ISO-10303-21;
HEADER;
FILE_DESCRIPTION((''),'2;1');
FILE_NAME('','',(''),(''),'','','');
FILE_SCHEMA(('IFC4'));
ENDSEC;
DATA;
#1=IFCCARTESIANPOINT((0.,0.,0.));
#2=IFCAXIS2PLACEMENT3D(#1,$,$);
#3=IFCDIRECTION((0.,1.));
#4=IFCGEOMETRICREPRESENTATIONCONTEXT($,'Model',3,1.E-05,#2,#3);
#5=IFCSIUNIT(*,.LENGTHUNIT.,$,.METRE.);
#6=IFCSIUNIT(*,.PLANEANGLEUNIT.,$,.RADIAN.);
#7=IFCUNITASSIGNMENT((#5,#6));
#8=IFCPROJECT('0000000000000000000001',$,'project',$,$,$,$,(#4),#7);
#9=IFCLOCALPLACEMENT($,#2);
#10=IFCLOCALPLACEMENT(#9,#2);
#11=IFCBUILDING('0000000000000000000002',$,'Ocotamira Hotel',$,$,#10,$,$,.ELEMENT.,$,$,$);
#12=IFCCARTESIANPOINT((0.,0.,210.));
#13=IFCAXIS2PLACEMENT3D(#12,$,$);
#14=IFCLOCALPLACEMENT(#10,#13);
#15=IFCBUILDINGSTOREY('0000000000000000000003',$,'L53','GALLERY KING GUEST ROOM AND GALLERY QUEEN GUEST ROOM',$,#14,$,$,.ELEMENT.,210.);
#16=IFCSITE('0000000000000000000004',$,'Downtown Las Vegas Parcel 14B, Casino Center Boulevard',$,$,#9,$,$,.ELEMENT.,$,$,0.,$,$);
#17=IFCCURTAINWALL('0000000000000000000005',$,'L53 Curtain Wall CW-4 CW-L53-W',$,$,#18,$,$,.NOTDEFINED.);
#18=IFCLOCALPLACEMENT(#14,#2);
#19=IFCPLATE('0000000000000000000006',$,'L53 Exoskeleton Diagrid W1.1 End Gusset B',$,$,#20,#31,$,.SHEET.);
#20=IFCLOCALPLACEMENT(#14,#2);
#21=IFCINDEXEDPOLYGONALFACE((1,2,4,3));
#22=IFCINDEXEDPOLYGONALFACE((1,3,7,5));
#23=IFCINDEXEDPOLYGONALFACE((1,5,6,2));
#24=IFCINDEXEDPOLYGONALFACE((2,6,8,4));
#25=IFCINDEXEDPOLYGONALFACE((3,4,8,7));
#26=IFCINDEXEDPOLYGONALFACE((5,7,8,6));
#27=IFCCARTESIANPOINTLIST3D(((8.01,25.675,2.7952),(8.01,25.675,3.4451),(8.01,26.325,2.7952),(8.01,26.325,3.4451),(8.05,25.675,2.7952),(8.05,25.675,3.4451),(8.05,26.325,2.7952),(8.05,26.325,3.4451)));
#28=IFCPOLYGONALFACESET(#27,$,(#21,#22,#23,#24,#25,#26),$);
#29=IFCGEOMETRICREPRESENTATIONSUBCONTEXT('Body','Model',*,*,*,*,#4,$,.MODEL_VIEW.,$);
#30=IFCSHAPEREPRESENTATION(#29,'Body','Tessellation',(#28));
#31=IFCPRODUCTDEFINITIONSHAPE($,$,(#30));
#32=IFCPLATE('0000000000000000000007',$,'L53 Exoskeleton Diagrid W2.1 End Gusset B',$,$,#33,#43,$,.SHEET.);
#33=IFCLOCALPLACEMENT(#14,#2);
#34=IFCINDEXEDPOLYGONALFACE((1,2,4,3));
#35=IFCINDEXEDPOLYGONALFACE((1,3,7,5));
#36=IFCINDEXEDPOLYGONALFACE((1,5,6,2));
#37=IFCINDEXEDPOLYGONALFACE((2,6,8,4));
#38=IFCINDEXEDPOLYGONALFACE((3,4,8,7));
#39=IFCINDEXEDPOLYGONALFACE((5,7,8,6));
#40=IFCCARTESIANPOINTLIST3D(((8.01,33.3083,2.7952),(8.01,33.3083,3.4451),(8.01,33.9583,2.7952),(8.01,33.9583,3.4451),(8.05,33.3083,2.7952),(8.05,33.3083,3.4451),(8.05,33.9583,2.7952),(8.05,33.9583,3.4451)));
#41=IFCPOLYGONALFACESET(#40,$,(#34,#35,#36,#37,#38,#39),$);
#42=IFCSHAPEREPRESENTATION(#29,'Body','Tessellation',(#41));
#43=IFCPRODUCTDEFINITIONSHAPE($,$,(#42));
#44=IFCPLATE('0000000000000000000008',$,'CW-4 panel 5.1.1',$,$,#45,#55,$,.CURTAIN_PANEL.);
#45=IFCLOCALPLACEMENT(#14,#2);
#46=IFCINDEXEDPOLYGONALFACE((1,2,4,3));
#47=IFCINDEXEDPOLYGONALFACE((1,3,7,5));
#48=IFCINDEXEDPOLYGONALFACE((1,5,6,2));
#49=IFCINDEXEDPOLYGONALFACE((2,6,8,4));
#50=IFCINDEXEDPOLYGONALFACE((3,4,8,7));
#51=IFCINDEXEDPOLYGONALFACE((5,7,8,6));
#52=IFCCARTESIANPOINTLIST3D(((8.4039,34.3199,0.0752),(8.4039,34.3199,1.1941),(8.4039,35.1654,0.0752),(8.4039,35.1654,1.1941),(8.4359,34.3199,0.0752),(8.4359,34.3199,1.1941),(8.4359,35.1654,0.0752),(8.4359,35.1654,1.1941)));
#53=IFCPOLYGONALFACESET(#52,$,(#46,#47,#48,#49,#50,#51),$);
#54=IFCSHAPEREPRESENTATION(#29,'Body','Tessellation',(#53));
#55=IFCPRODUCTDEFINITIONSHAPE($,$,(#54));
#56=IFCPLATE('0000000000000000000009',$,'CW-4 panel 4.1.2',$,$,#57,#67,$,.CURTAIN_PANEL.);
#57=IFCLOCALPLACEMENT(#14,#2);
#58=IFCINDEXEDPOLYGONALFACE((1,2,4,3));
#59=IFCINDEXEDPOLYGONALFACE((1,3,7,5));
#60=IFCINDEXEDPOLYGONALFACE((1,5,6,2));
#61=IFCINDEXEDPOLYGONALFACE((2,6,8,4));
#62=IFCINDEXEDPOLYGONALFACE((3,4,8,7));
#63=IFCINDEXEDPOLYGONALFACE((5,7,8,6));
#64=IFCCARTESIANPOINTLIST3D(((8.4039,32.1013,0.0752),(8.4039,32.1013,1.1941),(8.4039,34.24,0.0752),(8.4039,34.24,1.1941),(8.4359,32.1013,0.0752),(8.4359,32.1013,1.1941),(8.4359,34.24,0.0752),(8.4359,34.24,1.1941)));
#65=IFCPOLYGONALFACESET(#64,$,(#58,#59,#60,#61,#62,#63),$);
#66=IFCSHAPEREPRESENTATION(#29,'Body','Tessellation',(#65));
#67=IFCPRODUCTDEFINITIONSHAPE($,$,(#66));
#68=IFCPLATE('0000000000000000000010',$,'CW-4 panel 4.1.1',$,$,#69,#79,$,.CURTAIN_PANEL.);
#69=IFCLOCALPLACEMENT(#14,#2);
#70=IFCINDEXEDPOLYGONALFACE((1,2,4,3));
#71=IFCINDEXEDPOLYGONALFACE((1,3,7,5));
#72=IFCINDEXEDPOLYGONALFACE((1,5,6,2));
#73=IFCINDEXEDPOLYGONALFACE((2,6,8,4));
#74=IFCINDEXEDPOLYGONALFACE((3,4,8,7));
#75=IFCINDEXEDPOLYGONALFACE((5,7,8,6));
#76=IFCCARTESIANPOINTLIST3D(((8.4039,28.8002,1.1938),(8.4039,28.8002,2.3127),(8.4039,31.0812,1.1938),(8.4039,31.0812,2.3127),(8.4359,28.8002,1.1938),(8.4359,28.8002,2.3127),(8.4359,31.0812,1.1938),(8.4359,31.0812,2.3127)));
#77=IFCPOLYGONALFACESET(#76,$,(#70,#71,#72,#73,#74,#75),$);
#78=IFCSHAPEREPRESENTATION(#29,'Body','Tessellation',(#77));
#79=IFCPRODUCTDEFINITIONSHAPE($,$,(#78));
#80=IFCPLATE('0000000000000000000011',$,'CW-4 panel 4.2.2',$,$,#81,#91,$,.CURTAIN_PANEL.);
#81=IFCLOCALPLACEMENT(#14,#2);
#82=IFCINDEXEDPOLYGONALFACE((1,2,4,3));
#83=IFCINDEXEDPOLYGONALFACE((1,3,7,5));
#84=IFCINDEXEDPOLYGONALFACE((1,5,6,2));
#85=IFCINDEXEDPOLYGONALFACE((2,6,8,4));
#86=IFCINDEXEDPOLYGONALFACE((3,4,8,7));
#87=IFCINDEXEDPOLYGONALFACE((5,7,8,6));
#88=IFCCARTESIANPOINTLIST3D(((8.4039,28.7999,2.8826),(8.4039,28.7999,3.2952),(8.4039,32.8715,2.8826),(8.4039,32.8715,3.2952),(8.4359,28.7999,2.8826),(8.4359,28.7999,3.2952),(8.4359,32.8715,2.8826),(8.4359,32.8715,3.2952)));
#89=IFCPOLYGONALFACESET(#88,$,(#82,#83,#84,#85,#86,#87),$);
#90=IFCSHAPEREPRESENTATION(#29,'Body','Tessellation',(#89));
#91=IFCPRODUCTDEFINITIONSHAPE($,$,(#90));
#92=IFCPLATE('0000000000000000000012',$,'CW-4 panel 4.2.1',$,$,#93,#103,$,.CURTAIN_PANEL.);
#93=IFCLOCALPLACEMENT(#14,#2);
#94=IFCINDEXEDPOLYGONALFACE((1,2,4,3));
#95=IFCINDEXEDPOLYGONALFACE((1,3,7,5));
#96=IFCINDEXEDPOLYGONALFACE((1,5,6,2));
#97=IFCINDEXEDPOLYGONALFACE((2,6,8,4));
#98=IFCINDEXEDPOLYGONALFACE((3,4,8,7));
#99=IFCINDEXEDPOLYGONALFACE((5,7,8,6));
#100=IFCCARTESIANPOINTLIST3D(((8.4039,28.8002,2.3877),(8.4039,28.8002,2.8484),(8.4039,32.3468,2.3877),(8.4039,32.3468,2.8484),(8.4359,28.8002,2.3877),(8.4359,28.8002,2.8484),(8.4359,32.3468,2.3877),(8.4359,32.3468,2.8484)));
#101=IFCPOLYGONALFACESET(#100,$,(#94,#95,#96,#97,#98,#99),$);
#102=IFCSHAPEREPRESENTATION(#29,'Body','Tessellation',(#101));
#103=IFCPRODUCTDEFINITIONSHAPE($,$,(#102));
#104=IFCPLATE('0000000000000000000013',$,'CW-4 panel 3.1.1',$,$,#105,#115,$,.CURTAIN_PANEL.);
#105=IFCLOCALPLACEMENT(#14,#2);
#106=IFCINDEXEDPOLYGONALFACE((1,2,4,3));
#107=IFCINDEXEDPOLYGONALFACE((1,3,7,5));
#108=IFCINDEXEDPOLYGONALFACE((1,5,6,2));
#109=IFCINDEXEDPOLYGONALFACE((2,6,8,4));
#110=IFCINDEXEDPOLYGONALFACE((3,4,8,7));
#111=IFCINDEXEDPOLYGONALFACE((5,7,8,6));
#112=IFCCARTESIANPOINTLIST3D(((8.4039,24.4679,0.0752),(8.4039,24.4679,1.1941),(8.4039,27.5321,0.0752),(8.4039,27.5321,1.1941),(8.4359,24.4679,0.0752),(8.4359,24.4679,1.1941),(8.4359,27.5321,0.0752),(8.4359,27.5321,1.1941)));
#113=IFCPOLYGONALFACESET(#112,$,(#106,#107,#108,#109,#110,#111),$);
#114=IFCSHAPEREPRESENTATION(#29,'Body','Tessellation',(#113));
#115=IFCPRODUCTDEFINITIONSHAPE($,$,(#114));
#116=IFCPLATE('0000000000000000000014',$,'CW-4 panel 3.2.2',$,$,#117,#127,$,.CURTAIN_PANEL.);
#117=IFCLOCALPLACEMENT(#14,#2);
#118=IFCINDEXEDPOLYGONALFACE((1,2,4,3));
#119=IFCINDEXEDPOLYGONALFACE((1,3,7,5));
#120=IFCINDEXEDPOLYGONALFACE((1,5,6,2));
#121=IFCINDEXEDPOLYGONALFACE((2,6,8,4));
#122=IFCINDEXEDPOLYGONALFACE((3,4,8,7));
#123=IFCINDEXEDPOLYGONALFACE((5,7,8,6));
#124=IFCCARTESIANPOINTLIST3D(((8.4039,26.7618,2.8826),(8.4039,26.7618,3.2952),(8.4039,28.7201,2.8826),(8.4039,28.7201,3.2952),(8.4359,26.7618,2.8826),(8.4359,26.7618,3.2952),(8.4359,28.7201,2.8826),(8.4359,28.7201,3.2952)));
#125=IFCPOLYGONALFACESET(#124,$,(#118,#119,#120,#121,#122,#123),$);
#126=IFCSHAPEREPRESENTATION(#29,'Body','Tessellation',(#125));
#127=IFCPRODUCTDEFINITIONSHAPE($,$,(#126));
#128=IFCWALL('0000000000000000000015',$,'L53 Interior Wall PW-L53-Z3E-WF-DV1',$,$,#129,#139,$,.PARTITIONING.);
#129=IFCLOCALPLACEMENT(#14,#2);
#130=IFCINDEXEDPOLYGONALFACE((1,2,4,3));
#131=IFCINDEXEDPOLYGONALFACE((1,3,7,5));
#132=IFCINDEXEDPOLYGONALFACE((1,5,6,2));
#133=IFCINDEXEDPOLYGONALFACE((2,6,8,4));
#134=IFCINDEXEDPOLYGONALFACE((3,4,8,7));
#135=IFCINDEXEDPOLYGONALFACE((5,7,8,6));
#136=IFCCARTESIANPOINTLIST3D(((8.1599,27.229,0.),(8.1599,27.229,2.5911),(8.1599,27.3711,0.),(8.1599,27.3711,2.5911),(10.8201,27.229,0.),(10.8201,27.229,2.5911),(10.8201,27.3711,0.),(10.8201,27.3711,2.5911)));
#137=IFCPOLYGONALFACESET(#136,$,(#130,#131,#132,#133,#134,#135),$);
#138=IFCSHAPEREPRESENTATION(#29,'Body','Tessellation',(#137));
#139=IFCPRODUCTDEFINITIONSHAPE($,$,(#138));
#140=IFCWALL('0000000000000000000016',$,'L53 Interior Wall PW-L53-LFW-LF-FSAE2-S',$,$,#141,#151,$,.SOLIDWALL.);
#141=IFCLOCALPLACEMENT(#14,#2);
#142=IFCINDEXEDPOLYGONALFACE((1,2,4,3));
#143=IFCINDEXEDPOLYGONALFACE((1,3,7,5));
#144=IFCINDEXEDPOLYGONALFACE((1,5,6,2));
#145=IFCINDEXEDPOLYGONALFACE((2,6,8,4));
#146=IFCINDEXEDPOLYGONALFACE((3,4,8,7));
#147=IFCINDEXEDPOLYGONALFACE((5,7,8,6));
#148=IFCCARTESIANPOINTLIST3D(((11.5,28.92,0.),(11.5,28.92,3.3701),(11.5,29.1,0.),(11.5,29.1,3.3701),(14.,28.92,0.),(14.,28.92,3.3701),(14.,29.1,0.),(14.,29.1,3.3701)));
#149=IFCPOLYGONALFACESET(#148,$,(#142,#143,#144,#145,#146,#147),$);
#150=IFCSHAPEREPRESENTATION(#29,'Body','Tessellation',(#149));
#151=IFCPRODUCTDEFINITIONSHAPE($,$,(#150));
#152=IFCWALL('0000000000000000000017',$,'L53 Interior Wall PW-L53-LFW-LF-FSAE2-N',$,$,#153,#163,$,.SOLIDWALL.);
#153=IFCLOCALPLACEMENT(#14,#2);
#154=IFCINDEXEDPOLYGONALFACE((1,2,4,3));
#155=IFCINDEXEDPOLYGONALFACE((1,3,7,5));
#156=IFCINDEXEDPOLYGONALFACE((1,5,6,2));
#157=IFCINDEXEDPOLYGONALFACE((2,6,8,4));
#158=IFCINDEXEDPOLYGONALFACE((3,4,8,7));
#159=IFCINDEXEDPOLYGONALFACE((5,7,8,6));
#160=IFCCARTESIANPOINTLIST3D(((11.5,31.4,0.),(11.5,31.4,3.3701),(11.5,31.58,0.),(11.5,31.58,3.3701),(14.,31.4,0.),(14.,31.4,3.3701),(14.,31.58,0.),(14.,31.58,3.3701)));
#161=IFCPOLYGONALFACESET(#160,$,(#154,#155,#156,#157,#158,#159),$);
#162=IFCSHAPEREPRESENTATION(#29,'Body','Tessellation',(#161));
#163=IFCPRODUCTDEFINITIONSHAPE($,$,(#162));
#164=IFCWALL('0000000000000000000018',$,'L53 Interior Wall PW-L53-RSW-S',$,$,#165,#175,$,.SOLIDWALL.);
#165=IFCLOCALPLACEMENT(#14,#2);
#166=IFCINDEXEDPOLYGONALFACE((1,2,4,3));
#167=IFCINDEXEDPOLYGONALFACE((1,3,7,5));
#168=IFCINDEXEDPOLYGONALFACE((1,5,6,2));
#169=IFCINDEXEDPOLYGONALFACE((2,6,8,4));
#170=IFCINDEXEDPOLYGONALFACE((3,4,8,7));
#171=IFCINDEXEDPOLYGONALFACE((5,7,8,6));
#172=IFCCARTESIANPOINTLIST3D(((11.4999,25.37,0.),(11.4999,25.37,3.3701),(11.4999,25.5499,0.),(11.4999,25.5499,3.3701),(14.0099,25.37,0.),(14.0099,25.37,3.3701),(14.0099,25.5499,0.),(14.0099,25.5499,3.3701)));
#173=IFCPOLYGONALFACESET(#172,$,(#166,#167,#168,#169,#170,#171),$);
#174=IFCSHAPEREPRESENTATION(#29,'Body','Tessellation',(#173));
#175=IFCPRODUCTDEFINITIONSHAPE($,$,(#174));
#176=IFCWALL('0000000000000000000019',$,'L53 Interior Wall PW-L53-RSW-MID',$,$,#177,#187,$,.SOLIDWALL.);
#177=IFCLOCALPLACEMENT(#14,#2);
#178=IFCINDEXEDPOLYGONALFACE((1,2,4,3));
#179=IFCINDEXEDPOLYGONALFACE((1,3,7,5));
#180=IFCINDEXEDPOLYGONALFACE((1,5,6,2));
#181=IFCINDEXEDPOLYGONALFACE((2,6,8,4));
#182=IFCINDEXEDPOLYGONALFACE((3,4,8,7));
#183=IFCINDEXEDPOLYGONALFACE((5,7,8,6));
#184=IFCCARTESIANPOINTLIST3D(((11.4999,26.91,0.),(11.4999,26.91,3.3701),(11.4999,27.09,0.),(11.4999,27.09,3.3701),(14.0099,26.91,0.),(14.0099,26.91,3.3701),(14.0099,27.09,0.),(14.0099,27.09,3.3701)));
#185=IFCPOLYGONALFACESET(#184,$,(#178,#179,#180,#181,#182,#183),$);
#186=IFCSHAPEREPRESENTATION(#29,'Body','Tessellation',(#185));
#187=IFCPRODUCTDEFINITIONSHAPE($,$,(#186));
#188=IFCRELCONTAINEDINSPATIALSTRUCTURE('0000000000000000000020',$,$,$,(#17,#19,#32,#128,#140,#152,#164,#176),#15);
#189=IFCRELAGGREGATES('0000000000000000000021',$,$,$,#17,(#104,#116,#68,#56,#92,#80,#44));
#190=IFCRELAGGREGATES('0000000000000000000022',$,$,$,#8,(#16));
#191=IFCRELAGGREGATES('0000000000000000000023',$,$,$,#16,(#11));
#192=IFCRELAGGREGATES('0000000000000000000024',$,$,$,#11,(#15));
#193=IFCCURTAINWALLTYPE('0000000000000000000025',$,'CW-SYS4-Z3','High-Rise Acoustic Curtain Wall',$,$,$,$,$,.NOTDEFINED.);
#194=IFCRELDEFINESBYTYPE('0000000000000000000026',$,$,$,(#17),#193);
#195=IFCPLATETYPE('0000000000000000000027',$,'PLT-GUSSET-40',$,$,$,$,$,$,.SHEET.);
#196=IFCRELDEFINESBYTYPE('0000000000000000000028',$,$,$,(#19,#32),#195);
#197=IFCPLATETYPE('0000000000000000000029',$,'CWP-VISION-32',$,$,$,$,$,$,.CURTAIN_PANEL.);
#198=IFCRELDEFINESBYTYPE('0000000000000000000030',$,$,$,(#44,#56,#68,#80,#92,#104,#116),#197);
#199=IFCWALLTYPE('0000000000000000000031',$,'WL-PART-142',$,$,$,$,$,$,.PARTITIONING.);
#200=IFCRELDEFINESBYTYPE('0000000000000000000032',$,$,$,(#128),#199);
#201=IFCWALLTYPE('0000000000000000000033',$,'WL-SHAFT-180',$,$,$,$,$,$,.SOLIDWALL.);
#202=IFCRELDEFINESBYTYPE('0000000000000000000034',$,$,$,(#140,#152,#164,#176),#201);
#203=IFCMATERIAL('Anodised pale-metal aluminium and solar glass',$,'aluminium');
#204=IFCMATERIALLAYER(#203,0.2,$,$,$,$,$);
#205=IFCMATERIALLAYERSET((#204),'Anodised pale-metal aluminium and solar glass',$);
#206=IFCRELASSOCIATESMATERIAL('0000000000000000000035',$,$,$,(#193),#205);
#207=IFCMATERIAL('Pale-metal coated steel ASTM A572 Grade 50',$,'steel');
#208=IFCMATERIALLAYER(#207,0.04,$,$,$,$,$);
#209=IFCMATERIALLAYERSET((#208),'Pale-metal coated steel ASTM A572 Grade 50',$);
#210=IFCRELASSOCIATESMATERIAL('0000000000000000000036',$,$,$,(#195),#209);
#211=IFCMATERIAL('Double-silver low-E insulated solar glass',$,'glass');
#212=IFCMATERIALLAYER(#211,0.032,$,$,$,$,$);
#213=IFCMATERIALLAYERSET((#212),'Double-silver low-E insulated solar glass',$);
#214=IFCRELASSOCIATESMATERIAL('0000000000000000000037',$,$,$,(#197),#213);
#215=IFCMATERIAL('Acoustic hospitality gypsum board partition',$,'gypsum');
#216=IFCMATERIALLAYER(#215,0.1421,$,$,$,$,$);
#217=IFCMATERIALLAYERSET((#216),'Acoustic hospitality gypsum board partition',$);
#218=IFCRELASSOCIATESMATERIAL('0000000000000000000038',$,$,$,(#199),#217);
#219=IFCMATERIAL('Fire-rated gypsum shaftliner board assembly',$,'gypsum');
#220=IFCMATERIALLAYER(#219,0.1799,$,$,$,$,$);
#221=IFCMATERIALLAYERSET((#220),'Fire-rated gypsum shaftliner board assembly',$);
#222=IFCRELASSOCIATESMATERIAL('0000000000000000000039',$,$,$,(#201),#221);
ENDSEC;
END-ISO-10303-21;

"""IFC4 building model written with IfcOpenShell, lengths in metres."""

from ifc_helpers import new_model, si_unit, direction, frame, frame_2d, origin, origin_2d, place, context, subcontext, project, spatial, rectangle, extrude, source, transform, mapped, material, layer, layer_set, type_object, element, aggregate, save


model = new_model("IFC4")

# Units and contexts
model_context = context("Model", 3, precision=1e-05, world=origin(), true_north=direction((0.0, 1.0)))
body_context = subcontext(model_context, "Body", "Model", "MODEL_VIEW")
ifc_project = project(units=[si_unit("LENGTHUNIT", "METRE"), si_unit("PLANEANGLEUNIT", "RADIAN")], contexts=[model_context])

# Site, building, storey
site_placement = place(None, origin())
site = spatial("IfcSite", under=ifc_project, at=site_placement, Name="Downtown Las Vegas Parcel 14B, Casino Center Boulevard", CompositionType="ELEMENT", RefElevation=0.0)
building_placement = place(site_placement, origin())
building = spatial("IfcBuilding", under=site, at=building_placement, Name="Ocotamira Hotel", CompositionType="ELEMENT")
storey_placement = place(building_placement, frame((0.0, 0.0, 210.0)))
storey = spatial("IfcBuildingStorey", under=building, at=storey_placement, Name="L53", Description="GALLERY KING GUEST ROOM AND GALLERY QUEEN GUEST ROOM", CompositionType="ELEMENT", Elevation=210.0)

# Curtain wall
ifc_material_1 = material(Name="Anodised pale-metal aluminium and solar glass", Category="aluminium")
ifc_layer_1 = layer(ifc_material_1, 0.2)
ifc_layer_set_1 = layer_set([ifc_layer_1], Name="Anodised pale-metal aluminium and solar glass")
curtain_wall_type = type_object("IfcCurtainWallType", Name="CW-SYS4-Z3", Description="High-Rise Acoustic Curtain Wall", PredefinedType="NOTDEFINED", material=ifc_layer_set_1)
curtain_wall_placement = place(storey_placement, origin())
curtain_wall = element("IfcCurtainWall", 1, at=curtain_wall_placement, inside=storey, type_object=curtain_wall_type, Name="L53 Curtain Wall CW-4 CW-L53-W", PredefinedType="NOTDEFINED")

# Plates
ifc_material_2 = material(Name="Pale-metal coated steel ASTM A572 Grade 50", Category="steel")
ifc_layer_2 = layer(ifc_material_2, 0.04)
ifc_layer_set_2 = layer_set([ifc_layer_2], Name="Pale-metal coated steel ASTM A572 Grade 50")
plate_type_1 = type_object("IfcPlateType", Name="PLT-GUSSET-40", PredefinedType="SHEET", material=ifc_layer_set_2)
shared_shape_1 = source(origin(), body_context, "Body", "SweptSolid", [
    extrude(rectangle(XDim=0.04, YDim=0.6499, at=origin_2d()), origin(), (0.0, 0.0, 1.0), 0.6499),
])
for number, where, z_axis, x_axis, name in (
    (2, (8.03, 26.0, 2.7952), (0.0, 0.0, 1.0), (1.0, 0.0, 0.0), "L53 Exoskeleton Diagrid W1.1 End Gusset B"),
    (3, (8.03, 33.6333, 2.7952), (0.0, 0.0, 1.0), (1.0, 0.0, 0.0), "L53 Exoskeleton Diagrid W2.1 End Gusset B"),
):
    element("IfcPlate", number, at=place(storey_placement, frame(where, z_axis=z_axis, x_axis=x_axis)), inside=storey, type_object=plate_type_1, Name=name, PredefinedType="SHEET", context=body_context, shape_type="MappedRepresentation", body=[
        mapped(shared_shape_1, transform((0.0, 0.0, 0.0), scale=1.0)),
    ])

# Plates
ifc_material_3 = material(Name="Double-silver low-E insulated solar glass", Category="glass")
ifc_layer_3 = layer(ifc_material_3, 0.032)
ifc_layer_set_3 = layer_set([ifc_layer_3], Name="Double-silver low-E insulated solar glass")
plate_type_2 = type_object("IfcPlateType", Name="CWP-VISION-32", PredefinedType="CURTAIN_PANEL", material=ifc_layer_set_3)
shared_shape_2 = source(origin(), body_context, "Body", "SweptSolid", [
    extrude(rectangle(XDim=0.8455, YDim=0.032, at=origin_2d()), origin(), (0.0, 0.0, 1.0), 1.1189),
])
plate_1_placement = place(storey_placement, frame((8.4199, 34.7427, 0.0752), z_axis=(0.0, 0.0, 1.0), x_axis=(0.0, 1.0, 0.0)))
plate_1 = element("IfcPlate", 4, at=plate_1_placement, type_object=plate_type_2, Name="CW-4 panel 5.1.1", PredefinedType="CURTAIN_PANEL", context=body_context, shape_type="MappedRepresentation", body=[
    mapped(shared_shape_2, transform((0.0, 0.0, 0.0), scale=1.0)),
])
shared_shape_3 = source(origin(), body_context, "Body", "SweptSolid", [
    extrude(rectangle(XDim=2.1387, YDim=0.032, at=origin_2d()), origin(), (0.0, 0.0, 1.0), 1.1189),
])
plate_2_placement = place(storey_placement, frame((8.4199, 33.1707, 0.0752), z_axis=(0.0, 0.0, 1.0), x_axis=(0.0, 1.0, 0.0)))
plate_2 = element("IfcPlate", 5, at=plate_2_placement, type_object=plate_type_2, Name="CW-4 panel 4.1.2", PredefinedType="CURTAIN_PANEL", context=body_context, shape_type="MappedRepresentation", body=[
    mapped(shared_shape_3, transform((0.0, 0.0, 0.0), scale=1.0)),
])
shared_shape_4 = source(origin(), body_context, "Body", "SweptSolid", [
    extrude(rectangle(XDim=2.281, YDim=0.032, at=origin_2d()), origin(), (0.0, 0.0, 1.0), 1.1189),
])
plate_3_placement = place(storey_placement, frame((8.4199, 29.9407, 1.1938), z_axis=(0.0, 0.0, 1.0), x_axis=(0.0, 1.0, 0.0)))
plate_3 = element("IfcPlate", 6, at=plate_3_placement, type_object=plate_type_2, Name="CW-4 panel 4.1.1", PredefinedType="CURTAIN_PANEL", context=body_context, shape_type="MappedRepresentation", body=[
    mapped(shared_shape_4, transform((0.0, 0.0, 0.0), scale=1.0)),
])
shared_shape_5 = source(origin(), body_context, "Body", "SweptSolid", [
    extrude(rectangle(XDim=4.0715, YDim=0.032, at=origin_2d()), origin(), (0.0, 0.0, 1.0), 0.4126),
])
plate_4_placement = place(storey_placement, frame((8.4199, 30.8357, 2.8826), z_axis=(0.0, 0.0, 1.0), x_axis=(0.0, 1.0, 0.0)))
plate_4 = element("IfcPlate", 7, at=plate_4_placement, type_object=plate_type_2, Name="CW-4 panel 4.2.2", PredefinedType="CURTAIN_PANEL", context=body_context, shape_type="MappedRepresentation", body=[
    mapped(shared_shape_5, transform((0.0, 0.0, 0.0), scale=1.0)),
])
shared_shape_6 = source(origin(), body_context, "Body", "SweptSolid", [
    extrude(rectangle(XDim=3.5466, YDim=0.032, at=origin_2d()), origin(), (0.0, 0.0, 1.0), 0.4607),
])
plate_5_placement = place(storey_placement, frame((8.4199, 30.5735, 2.3877), z_axis=(0.0, 0.0, 1.0), x_axis=(0.0, 1.0, 0.0)))
plate_5 = element("IfcPlate", 8, at=plate_5_placement, type_object=plate_type_2, Name="CW-4 panel 4.2.1", PredefinedType="CURTAIN_PANEL", context=body_context, shape_type="MappedRepresentation", body=[
    mapped(shared_shape_6, transform((0.0, 0.0, 0.0), scale=1.0)),
])
shared_shape_7 = source(origin(), body_context, "Body", "SweptSolid", [
    extrude(rectangle(XDim=3.0642, YDim=0.032, at=origin_2d()), origin(), (0.0, 0.0, 1.0), 1.1189),
])
plate_6_placement = place(storey_placement, frame((8.4199, 26.0, 0.0752), z_axis=(0.0, 0.0, 1.0), x_axis=(0.0, 1.0, 0.0)))
plate_6 = element("IfcPlate", 9, at=plate_6_placement, type_object=plate_type_2, Name="CW-4 panel 3.1.1", PredefinedType="CURTAIN_PANEL", context=body_context, shape_type="MappedRepresentation", body=[
    mapped(shared_shape_7, transform((0.0, 0.0, 0.0), scale=1.0)),
])
shared_shape_8 = source(origin(), body_context, "Body", "SweptSolid", [
    extrude(rectangle(XDim=1.9583, YDim=0.032, at=origin_2d()), origin(), (0.0, 0.0, 1.0), 0.4126),
])
plate_7_placement = place(storey_placement, frame((8.4199, 27.741, 2.8826), z_axis=(0.0, 0.0, 1.0), x_axis=(0.0, 1.0, 0.0)))
plate_7 = element("IfcPlate", 10, at=plate_7_placement, type_object=plate_type_2, Name="CW-4 panel 3.2.2", PredefinedType="CURTAIN_PANEL", context=body_context, shape_type="MappedRepresentation", body=[
    mapped(shared_shape_8, transform((0.0, 0.0, 0.0), scale=1.0)),
])
aggregate(curtain_wall, [plate_6, plate_7, plate_3, plate_2, plate_5, plate_4, plate_1])

# Walls
ifc_material_4 = material(Name="Acoustic hospitality gypsum board partition", Category="gypsum")
ifc_layer_4 = layer(ifc_material_4, 0.1421)
ifc_layer_set_4 = layer_set([ifc_layer_4], Name="Acoustic hospitality gypsum board partition")
wall_type_1 = type_object("IfcWallType", Name="WL-PART-142", PredefinedType="PARTITIONING", material=ifc_layer_set_4)
wall_1_placement = place(storey_placement, frame((8.1599, 27.3, 0.0), z_axis=(0.0, 0.0, 1.0), x_axis=(1.0, 0.0, 0.0)))
element("IfcWall", 11, at=wall_1_placement, inside=storey, type_object=wall_type_1, Name="L53 Interior Wall PW-L53-Z3E-WF-DV1", PredefinedType="PARTITIONING", context=body_context, shape_type="SweptSolid", body=[
    extrude(rectangle(XDim=2.6602, YDim=0.1421, at=frame_2d((1.3301, 0.0))), origin(), (0.0, 0.0, 1.0), 2.5911),
])
ifc_material_5 = material(Name="Fire-rated gypsum shaftliner board assembly", Category="gypsum")
ifc_layer_5 = layer(ifc_material_5, 0.1799)
ifc_layer_set_5 = layer_set([ifc_layer_5], Name="Fire-rated gypsum shaftliner board assembly")
wall_type_2 = type_object("IfcWallType", Name="WL-SHAFT-180", PredefinedType="SOLIDWALL", material=ifc_layer_set_5)
for number, where, z_axis, x_axis, name in (
    (12, (11.5, 29.01, 0.0), (0.0, 0.0, 1.0), (1.0, 0.0, 0.0), "L53 Interior Wall PW-L53-LFW-LF-FSAE2-S"),
    (13, (11.5, 31.49, 0.0), (0.0, 0.0, 1.0), (1.0, 0.0, 0.0), "L53 Interior Wall PW-L53-LFW-LF-FSAE2-N"),
):
    element("IfcWall", number, at=place(storey_placement, frame(where, z_axis=z_axis, x_axis=x_axis)), inside=storey, type_object=wall_type_2, Name=name, PredefinedType="SOLIDWALL", context=body_context, shape_type="SweptSolid", body=[
        extrude(rectangle(XDim=2.5, YDim=0.1799, at=frame_2d((1.25, 0.0))), origin(), (0.0, 0.0, 1.0), 3.3701),
    ])
for number, where, z_axis, x_axis, name in (
    (14, (11.5, 25.46, 0.0), (0.0, 0.0, 1.0), (1.0, 0.0, 0.0), "L53 Interior Wall PW-L53-RSW-S"),
    (15, (11.5, 27.0, 0.0), (0.0, 0.0, 1.0), (1.0, 0.0, 0.0), "L53 Interior Wall PW-L53-RSW-MID"),
):
    element("IfcWall", number, at=place(storey_placement, frame(where, z_axis=z_axis, x_axis=x_axis)), inside=storey, type_object=wall_type_2, Name=name, PredefinedType="SOLIDWALL", context=body_context, shape_type="SweptSolid", body=[
        extrude(rectangle(XDim=2.51, YDim=0.1799, at=frame_2d((1.2549, 0.0))), origin(), (0.0, 0.0, 1.0), 3.3701),
    ])

save(model, "model.ifc")
